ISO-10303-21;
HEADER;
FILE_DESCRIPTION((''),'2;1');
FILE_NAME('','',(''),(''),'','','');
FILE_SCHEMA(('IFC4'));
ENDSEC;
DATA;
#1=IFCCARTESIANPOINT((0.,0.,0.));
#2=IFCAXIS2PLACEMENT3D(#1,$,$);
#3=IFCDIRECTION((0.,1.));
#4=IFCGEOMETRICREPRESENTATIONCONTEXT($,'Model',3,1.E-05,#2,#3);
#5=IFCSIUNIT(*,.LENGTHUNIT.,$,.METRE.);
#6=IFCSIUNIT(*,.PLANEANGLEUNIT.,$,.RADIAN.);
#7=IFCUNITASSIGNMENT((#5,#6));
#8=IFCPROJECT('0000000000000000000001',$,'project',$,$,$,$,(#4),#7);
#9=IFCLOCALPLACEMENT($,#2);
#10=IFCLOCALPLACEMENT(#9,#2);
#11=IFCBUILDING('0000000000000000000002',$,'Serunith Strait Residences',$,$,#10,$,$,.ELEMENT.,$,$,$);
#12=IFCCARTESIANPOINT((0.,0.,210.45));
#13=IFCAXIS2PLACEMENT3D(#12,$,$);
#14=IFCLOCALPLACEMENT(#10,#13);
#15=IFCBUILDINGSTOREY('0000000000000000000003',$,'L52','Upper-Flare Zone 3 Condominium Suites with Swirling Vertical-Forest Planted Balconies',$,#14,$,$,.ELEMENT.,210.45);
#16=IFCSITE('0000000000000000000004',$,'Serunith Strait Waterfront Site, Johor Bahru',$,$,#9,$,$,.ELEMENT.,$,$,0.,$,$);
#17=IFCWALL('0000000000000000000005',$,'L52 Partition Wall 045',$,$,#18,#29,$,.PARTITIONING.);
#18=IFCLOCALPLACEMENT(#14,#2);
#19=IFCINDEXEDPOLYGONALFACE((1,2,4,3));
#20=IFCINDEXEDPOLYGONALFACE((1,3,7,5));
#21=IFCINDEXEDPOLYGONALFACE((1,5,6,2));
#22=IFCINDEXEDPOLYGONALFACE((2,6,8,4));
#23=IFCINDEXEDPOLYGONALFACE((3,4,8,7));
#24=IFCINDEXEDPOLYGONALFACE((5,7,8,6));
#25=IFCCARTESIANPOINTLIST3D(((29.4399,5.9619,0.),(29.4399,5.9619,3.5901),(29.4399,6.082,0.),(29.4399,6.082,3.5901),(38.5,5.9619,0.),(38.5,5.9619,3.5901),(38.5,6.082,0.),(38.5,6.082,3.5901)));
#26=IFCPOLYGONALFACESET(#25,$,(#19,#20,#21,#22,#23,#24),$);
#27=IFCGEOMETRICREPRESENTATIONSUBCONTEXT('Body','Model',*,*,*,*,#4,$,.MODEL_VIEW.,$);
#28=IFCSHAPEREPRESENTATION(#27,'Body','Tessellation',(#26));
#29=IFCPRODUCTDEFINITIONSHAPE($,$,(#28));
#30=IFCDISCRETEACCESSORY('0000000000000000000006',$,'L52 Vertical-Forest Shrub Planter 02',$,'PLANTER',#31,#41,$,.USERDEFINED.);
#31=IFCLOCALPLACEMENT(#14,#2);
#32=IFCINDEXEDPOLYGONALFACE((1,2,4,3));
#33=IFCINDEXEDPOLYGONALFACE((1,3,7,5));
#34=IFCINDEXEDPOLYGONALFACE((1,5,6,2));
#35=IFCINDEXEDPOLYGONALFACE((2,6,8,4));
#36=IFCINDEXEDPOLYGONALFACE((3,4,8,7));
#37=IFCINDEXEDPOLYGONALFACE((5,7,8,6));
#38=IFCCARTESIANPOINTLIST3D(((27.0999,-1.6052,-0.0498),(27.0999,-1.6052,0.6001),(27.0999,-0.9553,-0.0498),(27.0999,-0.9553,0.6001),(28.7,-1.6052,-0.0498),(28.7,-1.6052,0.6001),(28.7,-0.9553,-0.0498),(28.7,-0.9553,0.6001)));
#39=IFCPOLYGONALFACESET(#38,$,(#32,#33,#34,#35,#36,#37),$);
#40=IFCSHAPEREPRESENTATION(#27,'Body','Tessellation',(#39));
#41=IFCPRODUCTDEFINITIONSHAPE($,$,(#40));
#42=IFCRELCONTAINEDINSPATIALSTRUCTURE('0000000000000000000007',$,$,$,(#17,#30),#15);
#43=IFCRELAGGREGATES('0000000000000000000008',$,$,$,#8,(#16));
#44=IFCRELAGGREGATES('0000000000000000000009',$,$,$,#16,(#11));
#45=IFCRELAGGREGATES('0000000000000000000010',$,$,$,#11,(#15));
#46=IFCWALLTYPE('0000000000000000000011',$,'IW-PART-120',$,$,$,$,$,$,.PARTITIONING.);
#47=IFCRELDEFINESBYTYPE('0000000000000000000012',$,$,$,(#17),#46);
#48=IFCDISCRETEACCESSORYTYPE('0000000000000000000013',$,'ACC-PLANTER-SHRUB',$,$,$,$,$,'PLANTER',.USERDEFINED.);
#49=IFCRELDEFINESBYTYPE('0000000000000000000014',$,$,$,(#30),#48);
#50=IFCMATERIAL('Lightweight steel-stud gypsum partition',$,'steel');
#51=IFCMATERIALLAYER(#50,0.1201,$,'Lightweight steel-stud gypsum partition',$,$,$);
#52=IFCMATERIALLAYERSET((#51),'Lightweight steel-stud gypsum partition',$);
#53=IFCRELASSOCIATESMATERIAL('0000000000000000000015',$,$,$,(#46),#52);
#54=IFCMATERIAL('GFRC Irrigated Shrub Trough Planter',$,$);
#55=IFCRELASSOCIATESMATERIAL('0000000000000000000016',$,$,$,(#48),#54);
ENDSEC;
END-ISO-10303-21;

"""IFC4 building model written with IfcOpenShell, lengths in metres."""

from ifc_helpers import new_model, si_unit, direction, frame, frame_2d, origin, origin_2d, place, context, subcontext, project, spatial, rectangle, extrude, source, transform, mapped, material, layer, layer_set, type_object, element, save


model = new_model("IFC4")

# Units and contexts
model_context = context("Model", 3, precision=1e-05, world=origin(), true_north=direction((0.0, 1.0)))
body_context = subcontext(model_context, "Body", "Model", "MODEL_VIEW")
ifc_project = project(units=[si_unit("LENGTHUNIT", "METRE"), si_unit("PLANEANGLEUNIT", "RADIAN")], contexts=[model_context])

# Site, building, storey
site_placement = place(None, origin())
site = spatial("IfcSite", under=ifc_project, at=site_placement, Name="Serunith Strait Waterfront Site, Johor Bahru", CompositionType="ELEMENT", RefElevation=0.0)
building_placement = place(site_placement, origin())
building = spatial("IfcBuilding", under=site, at=building_placement, Name="Serunith Strait Residences", CompositionType="ELEMENT")
storey_placement = place(building_placement, frame((0.0, 0.0, 210.45)))
storey = spatial("IfcBuildingStorey", under=building, at=storey_placement, Name="L52", Description="Upper-Flare Zone 3 Condominium Suites with Swirling Vertical-Forest Planted Balconies", CompositionType="ELEMENT", Elevation=210.45)

# Shared definitions
ifc_material_1 = material(Name="Lightweight steel-stud gypsum partition", Category="steel")
ifc_layer_1 = layer(ifc_material_1, 0.1201, Name="Lightweight steel-stud gypsum partition")
ifc_layer_set_1 = layer_set([ifc_layer_1], Name="Lightweight steel-stud gypsum partition")
wall_type = type_object("IfcWallType", Name="IW-PART-120", PredefinedType="PARTITIONING", material=ifc_layer_set_1)

# Wall
wall_1_placement = place(storey_placement, frame((29.4399, 6.022, 0.0), z_axis=(0.0, 0.0, 1.0), x_axis=(1.0, 0.0, 0.0)))
element("IfcWall", 1, at=wall_1_placement, inside=storey, type_object=wall_type, Name="L52 Partition Wall 045", PredefinedType="PARTITIONING", context=body_context, shape_type="SweptSolid", body=[
    extrude(rectangle(XDim=9.0601, YDim=0.1201, at=frame_2d((4.53, 0.0))), origin(), (0.0, 0.0, 1.0), 3.5901),
])

# Discrete accessory
ifc_material_2 = material(Name="GFRC Irrigated Shrub Trough Planter")
discrete_accessory_type = type_object("IfcDiscreteAccessoryType", Name="ACC-PLANTER-SHRUB", ElementType="PLANTER", PredefinedType="USERDEFINED", material=ifc_material_2)
shared_shape_1 = source(origin(), body_context, "Body", "SweptSolid", [
    extrude(rectangle(XDim=1.6001, YDim=0.6499, at=origin_2d()), origin(), (0.0, 0.0, 1.0), 0.6499),
])
discrete_accessory_placement = place(storey_placement, frame((27.8999, -1.2803, -0.0498), z_axis=(0.0, 0.0, 1.0), x_axis=(1.0, 0.0, 0.0)))
element("IfcDiscreteAccessory", 2, at=discrete_accessory_placement, inside=storey, type_object=discrete_accessory_type, Name="L52 Vertical-Forest Shrub Planter 02", ObjectType="PLANTER", PredefinedType="USERDEFINED", context=body_context, shape_type="MappedRepresentation", body=[
    mapped(shared_shape_1, transform((0.0, 0.0, 0.0), scale=1.0)),
])

save(model, "model.ifc")
